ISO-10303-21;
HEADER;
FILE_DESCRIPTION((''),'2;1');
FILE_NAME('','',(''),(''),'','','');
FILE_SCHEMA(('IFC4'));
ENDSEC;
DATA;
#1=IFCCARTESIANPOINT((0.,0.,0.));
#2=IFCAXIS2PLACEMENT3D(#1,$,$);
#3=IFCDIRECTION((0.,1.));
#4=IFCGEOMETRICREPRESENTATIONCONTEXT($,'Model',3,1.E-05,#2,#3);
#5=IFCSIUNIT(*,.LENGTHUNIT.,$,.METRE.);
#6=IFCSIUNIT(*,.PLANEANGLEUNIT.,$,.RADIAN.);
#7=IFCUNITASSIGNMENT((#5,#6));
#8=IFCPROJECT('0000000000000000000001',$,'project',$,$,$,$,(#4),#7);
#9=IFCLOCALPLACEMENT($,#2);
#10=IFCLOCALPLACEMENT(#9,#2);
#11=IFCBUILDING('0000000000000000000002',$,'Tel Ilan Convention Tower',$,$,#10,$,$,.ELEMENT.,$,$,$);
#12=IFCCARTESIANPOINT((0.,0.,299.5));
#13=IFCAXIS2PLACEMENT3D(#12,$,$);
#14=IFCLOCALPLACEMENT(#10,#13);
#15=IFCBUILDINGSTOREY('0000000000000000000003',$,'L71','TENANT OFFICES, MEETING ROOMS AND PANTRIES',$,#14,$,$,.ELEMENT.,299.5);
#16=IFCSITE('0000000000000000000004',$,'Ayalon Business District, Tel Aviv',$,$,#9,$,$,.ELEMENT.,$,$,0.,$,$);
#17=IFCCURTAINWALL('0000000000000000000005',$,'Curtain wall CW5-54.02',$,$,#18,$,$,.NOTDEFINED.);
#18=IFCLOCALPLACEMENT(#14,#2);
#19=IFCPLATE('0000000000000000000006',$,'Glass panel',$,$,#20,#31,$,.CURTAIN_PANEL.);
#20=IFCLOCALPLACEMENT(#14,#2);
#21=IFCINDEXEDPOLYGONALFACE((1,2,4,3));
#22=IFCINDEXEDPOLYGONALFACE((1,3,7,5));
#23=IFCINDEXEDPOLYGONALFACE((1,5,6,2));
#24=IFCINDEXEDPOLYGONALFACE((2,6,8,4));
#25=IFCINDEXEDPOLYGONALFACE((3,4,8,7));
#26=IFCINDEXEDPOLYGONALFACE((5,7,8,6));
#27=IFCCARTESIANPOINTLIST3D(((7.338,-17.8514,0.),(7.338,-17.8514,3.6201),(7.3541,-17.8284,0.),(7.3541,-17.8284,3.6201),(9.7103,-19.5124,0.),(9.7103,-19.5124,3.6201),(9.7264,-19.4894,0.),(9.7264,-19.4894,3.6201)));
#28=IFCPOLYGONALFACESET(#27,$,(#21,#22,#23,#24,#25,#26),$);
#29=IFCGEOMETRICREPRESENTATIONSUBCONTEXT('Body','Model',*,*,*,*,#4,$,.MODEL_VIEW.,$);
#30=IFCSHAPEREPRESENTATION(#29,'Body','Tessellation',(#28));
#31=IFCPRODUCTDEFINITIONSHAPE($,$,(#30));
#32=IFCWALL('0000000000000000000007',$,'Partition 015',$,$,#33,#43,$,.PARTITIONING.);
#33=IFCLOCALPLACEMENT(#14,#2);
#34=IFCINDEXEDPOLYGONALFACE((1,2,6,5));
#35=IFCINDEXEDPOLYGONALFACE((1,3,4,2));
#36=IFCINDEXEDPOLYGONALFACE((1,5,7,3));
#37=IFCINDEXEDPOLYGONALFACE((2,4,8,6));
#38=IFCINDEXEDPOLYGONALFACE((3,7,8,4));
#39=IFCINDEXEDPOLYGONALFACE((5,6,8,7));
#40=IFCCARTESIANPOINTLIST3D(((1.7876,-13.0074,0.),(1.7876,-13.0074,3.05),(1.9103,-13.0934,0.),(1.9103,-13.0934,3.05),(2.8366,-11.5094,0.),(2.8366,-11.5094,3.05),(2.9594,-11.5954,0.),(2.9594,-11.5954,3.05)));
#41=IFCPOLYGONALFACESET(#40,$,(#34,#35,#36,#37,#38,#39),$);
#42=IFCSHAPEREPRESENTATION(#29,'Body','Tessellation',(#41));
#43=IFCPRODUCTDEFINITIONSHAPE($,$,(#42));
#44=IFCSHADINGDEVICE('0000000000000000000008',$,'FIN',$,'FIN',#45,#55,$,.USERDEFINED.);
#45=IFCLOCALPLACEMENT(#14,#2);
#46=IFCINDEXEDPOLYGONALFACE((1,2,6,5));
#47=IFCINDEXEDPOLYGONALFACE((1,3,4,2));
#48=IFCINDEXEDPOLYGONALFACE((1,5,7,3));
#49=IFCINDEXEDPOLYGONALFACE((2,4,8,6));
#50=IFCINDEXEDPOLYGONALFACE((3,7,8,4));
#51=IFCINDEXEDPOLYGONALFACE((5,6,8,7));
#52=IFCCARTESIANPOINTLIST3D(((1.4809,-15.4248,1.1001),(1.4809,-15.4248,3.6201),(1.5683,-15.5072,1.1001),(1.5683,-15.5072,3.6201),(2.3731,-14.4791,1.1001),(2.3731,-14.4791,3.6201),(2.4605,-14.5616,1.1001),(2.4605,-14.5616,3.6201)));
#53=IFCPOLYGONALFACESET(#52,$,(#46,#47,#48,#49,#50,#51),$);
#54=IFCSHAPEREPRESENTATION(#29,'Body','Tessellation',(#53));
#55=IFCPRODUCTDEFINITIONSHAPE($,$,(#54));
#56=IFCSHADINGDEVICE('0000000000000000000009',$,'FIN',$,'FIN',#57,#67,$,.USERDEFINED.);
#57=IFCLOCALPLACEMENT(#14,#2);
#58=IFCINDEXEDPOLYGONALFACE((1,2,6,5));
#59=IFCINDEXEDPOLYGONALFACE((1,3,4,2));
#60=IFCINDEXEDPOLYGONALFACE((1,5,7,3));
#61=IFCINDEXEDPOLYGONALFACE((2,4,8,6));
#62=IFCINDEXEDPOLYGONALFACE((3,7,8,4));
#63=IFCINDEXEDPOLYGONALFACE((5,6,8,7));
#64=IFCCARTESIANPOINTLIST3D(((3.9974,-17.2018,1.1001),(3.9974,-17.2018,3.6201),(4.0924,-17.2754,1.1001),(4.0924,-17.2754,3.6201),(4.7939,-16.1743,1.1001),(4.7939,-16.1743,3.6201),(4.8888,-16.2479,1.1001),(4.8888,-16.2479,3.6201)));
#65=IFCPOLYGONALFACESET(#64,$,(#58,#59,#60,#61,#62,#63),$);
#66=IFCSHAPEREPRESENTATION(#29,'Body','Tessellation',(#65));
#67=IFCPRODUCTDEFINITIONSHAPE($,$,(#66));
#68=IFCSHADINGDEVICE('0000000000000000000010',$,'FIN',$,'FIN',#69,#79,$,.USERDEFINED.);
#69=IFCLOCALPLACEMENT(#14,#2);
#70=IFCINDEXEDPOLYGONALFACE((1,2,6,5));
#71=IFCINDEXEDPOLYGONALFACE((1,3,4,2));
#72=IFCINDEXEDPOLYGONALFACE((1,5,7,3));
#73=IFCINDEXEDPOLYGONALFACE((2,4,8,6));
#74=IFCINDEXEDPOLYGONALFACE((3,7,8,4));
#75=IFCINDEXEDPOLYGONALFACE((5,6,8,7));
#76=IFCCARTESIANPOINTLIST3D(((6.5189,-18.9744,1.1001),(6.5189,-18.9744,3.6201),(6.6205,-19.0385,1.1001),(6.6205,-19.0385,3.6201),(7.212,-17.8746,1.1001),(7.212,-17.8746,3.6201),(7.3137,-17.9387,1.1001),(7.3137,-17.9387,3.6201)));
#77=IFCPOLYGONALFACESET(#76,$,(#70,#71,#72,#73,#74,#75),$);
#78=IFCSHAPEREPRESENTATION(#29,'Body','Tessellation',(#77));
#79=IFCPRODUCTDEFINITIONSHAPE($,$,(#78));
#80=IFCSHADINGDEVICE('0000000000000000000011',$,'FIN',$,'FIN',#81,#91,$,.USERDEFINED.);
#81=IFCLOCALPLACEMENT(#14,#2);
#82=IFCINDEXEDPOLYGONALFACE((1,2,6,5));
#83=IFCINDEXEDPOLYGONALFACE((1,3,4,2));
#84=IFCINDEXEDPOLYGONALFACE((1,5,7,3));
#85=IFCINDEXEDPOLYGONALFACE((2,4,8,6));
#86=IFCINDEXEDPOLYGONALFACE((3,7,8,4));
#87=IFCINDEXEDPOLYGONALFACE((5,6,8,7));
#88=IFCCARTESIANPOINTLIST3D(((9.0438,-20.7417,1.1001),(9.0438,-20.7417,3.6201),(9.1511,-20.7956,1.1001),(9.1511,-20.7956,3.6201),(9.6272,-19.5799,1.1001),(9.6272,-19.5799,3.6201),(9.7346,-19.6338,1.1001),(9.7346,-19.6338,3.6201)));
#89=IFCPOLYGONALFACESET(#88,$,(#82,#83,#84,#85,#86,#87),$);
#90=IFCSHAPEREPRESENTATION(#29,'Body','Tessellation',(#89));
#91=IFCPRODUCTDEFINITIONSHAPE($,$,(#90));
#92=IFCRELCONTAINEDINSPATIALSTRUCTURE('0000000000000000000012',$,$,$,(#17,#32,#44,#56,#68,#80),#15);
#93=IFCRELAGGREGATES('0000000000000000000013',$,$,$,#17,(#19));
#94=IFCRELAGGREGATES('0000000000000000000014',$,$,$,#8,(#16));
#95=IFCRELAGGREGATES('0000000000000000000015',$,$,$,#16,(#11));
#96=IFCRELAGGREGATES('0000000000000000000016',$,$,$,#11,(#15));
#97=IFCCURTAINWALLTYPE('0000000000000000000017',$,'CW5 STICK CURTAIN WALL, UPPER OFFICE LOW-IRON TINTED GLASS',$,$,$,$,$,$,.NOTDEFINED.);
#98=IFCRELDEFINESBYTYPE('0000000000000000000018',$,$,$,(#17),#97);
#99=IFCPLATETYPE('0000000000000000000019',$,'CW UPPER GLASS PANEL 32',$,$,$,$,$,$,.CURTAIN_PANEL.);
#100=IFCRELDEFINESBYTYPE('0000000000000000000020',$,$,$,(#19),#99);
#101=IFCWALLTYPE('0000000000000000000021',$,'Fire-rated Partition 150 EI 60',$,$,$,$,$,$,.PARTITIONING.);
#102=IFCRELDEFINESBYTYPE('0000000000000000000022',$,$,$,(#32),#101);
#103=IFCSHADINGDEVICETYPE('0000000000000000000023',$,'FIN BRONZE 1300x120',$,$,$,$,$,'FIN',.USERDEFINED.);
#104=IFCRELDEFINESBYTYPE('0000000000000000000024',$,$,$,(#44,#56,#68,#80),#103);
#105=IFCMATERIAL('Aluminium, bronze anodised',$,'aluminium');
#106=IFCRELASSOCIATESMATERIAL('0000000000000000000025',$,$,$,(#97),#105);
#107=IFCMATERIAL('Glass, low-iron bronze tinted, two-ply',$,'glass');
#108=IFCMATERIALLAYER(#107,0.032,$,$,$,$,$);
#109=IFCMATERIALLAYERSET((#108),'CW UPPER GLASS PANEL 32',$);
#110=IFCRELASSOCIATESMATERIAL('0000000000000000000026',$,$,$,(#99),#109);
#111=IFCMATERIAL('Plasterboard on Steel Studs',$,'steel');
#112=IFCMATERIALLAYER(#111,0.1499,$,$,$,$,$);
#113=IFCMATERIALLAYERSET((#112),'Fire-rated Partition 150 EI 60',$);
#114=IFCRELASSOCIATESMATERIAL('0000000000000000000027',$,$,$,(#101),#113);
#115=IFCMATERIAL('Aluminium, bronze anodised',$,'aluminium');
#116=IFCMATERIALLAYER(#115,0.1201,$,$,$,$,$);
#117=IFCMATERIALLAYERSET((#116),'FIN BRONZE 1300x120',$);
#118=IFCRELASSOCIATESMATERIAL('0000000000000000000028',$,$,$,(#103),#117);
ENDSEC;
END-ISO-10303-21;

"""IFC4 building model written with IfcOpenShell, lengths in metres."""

from ifc_helpers import new_model, si_unit, direction, frame, frame_2d, origin, origin_2d, place, context, subcontext, project, spatial, rectangle, extrude, material, layer, layer_set, type_object, element, aggregate, save


model = new_model("IFC4")

# Units and contexts
model_context = context("Model", 3, precision=1e-05, world=origin(), true_north=direction((0.0, 1.0)))
body_context = subcontext(model_context, "Body", "Model", "MODEL_VIEW")
ifc_project = project(units=[si_unit("LENGTHUNIT", "METRE"), si_unit("PLANEANGLEUNIT", "RADIAN")], contexts=[model_context])

# Site, building, storey
site_placement = place(None, origin())
site = spatial("IfcSite", under=ifc_project, at=site_placement, Name="Ayalon Business District, Tel Aviv", CompositionType="ELEMENT", RefElevation=0.0)
building_placement = place(site_placement, origin())
building = spatial("IfcBuilding", under=site, at=building_placement, Name="Tel Ilan Convention Tower", CompositionType="ELEMENT")
storey_placement = place(building_placement, frame((0.0, 0.0, 299.5)))
storey = spatial("IfcBuildingStorey", under=building, at=storey_placement, Name="L71", Description="TENANT OFFICES, MEETING ROOMS AND PANTRIES", CompositionType="ELEMENT", Elevation=299.5)

# Curtain wall, plate
ifc_material_1 = material(Name="Aluminium, bronze anodised", Category="aluminium")
curtain_wall_type = type_object("IfcCurtainWallType", Name="CW5 STICK CURTAIN WALL, UPPER OFFICE LOW-IRON TINTED GLASS", PredefinedType="NOTDEFINED", material=ifc_material_1)
curtain_wall_placement = place(storey_placement, origin())
curtain_wall = element("IfcCurtainWall", 1, at=curtain_wall_placement, inside=storey, type_object=curtain_wall_type, Name="Curtain wall CW5-54.02", PredefinedType="NOTDEFINED")
ifc_material_2 = material(Name="Glass, low-iron bronze tinted, two-ply", Category="glass")
ifc_layer_1 = layer(ifc_material_2, 0.032)
ifc_layer_set_1 = layer_set([ifc_layer_1], Name="CW UPPER GLASS PANEL 32")
plate_type = type_object("IfcPlateType", Name="CW UPPER GLASS PANEL 32", PredefinedType="CURTAIN_PANEL", material=ifc_layer_set_1)
plate_1_placement = place(storey_placement, frame((8.5322, -18.6704, 0.0), z_axis=(0.0, 0.0, 1.0), x_axis=(0.819152, -0.573576, 0.0)))
plate_1 = element("IfcPlate", 2, at=plate_1_placement, type_object=plate_type, Name="Glass panel", PredefinedType="CURTAIN_PANEL", context=body_context, shape_type="SweptSolid", body=[
    extrude(rectangle(XDim=2.896, YDim=0.0281, at=origin_2d()), origin(), (0.0, 0.0, 1.0), 3.6201),
])
aggregate(curtain_wall, [plate_1])

# Wall
ifc_material_3 = material(Name="Plasterboard on Steel Studs", Category="steel")
ifc_layer_2 = layer(ifc_material_3, 0.1499)
ifc_layer_set_2 = layer_set([ifc_layer_2], Name="Fire-rated Partition 150 EI 60")
wall_type = type_object("IfcWallType", Name="Fire-rated Partition 150 EI 60", PredefinedType="PARTITIONING", material=ifc_layer_set_2)
wall_placement = place(storey_placement, frame((1.8489, -13.0505, 0.0), z_axis=(0.0, 0.0, 1.0), x_axis=(0.573624, 0.819119, 0.0)))
element("IfcWall", 3, at=wall_placement, inside=storey, type_object=wall_type, Name="Partition 015", PredefinedType="PARTITIONING", context=body_context, shape_type="SweptSolid", body=[
    extrude(rectangle(XDim=1.8289, YDim=0.1499, at=frame_2d((0.9146, 0.0))), origin(), (0.0, 0.0, 1.0), 3.05),
])

# Shading devices
ifc_material_4 = material(Name="Aluminium, bronze anodised", Category="aluminium")
ifc_layer_3 = layer(ifc_material_4, 0.1201)
ifc_layer_set_3 = layer_set([ifc_layer_3], Name="FIN BRONZE 1300x120")
shading_device_type = type_object("IfcShadingDeviceType", Name="FIN BRONZE 1300x120", ElementType="FIN", PredefinedType="USERDEFINED", material=ifc_layer_set_3)
for number, where, z_axis, x_axis, name in (
    (4, (1.9707, -14.9932, 1.1001), (0.0, 0.0, 1.0), (-0.686242, -0.727374, 0.0), "FIN"),
    (5, (4.4431, -16.7249, 1.1001), (0.0, 0.0, 1.0), (-0.612601, -0.790393, 0.0), "FIN"),
    (6, (6.9163, -18.4565, 1.1001), (0.0, 0.0, 1.0), (-0.533204, -0.845986, 0.0), "FIN"),
    (7, (9.3892, -20.1877, 1.1001), (0.0, 0.0, 1.0), (-0.448799, -0.893633, 0.0), "FIN"),
):
    element("IfcShadingDevice", number, at=place(storey_placement, frame(where, z_axis=z_axis, x_axis=x_axis)), inside=storey, type_object=shading_device_type, Name=name, ObjectType="FIN", PredefinedType="USERDEFINED", context=body_context, shape_type="SweptSolid", body=[
        extrude(rectangle(XDim=1.3, YDim=0.1201, at=origin_2d()), origin(), (0.0, 0.0, 1.0), 2.52),
    ])

save(model, "model.ifc")
